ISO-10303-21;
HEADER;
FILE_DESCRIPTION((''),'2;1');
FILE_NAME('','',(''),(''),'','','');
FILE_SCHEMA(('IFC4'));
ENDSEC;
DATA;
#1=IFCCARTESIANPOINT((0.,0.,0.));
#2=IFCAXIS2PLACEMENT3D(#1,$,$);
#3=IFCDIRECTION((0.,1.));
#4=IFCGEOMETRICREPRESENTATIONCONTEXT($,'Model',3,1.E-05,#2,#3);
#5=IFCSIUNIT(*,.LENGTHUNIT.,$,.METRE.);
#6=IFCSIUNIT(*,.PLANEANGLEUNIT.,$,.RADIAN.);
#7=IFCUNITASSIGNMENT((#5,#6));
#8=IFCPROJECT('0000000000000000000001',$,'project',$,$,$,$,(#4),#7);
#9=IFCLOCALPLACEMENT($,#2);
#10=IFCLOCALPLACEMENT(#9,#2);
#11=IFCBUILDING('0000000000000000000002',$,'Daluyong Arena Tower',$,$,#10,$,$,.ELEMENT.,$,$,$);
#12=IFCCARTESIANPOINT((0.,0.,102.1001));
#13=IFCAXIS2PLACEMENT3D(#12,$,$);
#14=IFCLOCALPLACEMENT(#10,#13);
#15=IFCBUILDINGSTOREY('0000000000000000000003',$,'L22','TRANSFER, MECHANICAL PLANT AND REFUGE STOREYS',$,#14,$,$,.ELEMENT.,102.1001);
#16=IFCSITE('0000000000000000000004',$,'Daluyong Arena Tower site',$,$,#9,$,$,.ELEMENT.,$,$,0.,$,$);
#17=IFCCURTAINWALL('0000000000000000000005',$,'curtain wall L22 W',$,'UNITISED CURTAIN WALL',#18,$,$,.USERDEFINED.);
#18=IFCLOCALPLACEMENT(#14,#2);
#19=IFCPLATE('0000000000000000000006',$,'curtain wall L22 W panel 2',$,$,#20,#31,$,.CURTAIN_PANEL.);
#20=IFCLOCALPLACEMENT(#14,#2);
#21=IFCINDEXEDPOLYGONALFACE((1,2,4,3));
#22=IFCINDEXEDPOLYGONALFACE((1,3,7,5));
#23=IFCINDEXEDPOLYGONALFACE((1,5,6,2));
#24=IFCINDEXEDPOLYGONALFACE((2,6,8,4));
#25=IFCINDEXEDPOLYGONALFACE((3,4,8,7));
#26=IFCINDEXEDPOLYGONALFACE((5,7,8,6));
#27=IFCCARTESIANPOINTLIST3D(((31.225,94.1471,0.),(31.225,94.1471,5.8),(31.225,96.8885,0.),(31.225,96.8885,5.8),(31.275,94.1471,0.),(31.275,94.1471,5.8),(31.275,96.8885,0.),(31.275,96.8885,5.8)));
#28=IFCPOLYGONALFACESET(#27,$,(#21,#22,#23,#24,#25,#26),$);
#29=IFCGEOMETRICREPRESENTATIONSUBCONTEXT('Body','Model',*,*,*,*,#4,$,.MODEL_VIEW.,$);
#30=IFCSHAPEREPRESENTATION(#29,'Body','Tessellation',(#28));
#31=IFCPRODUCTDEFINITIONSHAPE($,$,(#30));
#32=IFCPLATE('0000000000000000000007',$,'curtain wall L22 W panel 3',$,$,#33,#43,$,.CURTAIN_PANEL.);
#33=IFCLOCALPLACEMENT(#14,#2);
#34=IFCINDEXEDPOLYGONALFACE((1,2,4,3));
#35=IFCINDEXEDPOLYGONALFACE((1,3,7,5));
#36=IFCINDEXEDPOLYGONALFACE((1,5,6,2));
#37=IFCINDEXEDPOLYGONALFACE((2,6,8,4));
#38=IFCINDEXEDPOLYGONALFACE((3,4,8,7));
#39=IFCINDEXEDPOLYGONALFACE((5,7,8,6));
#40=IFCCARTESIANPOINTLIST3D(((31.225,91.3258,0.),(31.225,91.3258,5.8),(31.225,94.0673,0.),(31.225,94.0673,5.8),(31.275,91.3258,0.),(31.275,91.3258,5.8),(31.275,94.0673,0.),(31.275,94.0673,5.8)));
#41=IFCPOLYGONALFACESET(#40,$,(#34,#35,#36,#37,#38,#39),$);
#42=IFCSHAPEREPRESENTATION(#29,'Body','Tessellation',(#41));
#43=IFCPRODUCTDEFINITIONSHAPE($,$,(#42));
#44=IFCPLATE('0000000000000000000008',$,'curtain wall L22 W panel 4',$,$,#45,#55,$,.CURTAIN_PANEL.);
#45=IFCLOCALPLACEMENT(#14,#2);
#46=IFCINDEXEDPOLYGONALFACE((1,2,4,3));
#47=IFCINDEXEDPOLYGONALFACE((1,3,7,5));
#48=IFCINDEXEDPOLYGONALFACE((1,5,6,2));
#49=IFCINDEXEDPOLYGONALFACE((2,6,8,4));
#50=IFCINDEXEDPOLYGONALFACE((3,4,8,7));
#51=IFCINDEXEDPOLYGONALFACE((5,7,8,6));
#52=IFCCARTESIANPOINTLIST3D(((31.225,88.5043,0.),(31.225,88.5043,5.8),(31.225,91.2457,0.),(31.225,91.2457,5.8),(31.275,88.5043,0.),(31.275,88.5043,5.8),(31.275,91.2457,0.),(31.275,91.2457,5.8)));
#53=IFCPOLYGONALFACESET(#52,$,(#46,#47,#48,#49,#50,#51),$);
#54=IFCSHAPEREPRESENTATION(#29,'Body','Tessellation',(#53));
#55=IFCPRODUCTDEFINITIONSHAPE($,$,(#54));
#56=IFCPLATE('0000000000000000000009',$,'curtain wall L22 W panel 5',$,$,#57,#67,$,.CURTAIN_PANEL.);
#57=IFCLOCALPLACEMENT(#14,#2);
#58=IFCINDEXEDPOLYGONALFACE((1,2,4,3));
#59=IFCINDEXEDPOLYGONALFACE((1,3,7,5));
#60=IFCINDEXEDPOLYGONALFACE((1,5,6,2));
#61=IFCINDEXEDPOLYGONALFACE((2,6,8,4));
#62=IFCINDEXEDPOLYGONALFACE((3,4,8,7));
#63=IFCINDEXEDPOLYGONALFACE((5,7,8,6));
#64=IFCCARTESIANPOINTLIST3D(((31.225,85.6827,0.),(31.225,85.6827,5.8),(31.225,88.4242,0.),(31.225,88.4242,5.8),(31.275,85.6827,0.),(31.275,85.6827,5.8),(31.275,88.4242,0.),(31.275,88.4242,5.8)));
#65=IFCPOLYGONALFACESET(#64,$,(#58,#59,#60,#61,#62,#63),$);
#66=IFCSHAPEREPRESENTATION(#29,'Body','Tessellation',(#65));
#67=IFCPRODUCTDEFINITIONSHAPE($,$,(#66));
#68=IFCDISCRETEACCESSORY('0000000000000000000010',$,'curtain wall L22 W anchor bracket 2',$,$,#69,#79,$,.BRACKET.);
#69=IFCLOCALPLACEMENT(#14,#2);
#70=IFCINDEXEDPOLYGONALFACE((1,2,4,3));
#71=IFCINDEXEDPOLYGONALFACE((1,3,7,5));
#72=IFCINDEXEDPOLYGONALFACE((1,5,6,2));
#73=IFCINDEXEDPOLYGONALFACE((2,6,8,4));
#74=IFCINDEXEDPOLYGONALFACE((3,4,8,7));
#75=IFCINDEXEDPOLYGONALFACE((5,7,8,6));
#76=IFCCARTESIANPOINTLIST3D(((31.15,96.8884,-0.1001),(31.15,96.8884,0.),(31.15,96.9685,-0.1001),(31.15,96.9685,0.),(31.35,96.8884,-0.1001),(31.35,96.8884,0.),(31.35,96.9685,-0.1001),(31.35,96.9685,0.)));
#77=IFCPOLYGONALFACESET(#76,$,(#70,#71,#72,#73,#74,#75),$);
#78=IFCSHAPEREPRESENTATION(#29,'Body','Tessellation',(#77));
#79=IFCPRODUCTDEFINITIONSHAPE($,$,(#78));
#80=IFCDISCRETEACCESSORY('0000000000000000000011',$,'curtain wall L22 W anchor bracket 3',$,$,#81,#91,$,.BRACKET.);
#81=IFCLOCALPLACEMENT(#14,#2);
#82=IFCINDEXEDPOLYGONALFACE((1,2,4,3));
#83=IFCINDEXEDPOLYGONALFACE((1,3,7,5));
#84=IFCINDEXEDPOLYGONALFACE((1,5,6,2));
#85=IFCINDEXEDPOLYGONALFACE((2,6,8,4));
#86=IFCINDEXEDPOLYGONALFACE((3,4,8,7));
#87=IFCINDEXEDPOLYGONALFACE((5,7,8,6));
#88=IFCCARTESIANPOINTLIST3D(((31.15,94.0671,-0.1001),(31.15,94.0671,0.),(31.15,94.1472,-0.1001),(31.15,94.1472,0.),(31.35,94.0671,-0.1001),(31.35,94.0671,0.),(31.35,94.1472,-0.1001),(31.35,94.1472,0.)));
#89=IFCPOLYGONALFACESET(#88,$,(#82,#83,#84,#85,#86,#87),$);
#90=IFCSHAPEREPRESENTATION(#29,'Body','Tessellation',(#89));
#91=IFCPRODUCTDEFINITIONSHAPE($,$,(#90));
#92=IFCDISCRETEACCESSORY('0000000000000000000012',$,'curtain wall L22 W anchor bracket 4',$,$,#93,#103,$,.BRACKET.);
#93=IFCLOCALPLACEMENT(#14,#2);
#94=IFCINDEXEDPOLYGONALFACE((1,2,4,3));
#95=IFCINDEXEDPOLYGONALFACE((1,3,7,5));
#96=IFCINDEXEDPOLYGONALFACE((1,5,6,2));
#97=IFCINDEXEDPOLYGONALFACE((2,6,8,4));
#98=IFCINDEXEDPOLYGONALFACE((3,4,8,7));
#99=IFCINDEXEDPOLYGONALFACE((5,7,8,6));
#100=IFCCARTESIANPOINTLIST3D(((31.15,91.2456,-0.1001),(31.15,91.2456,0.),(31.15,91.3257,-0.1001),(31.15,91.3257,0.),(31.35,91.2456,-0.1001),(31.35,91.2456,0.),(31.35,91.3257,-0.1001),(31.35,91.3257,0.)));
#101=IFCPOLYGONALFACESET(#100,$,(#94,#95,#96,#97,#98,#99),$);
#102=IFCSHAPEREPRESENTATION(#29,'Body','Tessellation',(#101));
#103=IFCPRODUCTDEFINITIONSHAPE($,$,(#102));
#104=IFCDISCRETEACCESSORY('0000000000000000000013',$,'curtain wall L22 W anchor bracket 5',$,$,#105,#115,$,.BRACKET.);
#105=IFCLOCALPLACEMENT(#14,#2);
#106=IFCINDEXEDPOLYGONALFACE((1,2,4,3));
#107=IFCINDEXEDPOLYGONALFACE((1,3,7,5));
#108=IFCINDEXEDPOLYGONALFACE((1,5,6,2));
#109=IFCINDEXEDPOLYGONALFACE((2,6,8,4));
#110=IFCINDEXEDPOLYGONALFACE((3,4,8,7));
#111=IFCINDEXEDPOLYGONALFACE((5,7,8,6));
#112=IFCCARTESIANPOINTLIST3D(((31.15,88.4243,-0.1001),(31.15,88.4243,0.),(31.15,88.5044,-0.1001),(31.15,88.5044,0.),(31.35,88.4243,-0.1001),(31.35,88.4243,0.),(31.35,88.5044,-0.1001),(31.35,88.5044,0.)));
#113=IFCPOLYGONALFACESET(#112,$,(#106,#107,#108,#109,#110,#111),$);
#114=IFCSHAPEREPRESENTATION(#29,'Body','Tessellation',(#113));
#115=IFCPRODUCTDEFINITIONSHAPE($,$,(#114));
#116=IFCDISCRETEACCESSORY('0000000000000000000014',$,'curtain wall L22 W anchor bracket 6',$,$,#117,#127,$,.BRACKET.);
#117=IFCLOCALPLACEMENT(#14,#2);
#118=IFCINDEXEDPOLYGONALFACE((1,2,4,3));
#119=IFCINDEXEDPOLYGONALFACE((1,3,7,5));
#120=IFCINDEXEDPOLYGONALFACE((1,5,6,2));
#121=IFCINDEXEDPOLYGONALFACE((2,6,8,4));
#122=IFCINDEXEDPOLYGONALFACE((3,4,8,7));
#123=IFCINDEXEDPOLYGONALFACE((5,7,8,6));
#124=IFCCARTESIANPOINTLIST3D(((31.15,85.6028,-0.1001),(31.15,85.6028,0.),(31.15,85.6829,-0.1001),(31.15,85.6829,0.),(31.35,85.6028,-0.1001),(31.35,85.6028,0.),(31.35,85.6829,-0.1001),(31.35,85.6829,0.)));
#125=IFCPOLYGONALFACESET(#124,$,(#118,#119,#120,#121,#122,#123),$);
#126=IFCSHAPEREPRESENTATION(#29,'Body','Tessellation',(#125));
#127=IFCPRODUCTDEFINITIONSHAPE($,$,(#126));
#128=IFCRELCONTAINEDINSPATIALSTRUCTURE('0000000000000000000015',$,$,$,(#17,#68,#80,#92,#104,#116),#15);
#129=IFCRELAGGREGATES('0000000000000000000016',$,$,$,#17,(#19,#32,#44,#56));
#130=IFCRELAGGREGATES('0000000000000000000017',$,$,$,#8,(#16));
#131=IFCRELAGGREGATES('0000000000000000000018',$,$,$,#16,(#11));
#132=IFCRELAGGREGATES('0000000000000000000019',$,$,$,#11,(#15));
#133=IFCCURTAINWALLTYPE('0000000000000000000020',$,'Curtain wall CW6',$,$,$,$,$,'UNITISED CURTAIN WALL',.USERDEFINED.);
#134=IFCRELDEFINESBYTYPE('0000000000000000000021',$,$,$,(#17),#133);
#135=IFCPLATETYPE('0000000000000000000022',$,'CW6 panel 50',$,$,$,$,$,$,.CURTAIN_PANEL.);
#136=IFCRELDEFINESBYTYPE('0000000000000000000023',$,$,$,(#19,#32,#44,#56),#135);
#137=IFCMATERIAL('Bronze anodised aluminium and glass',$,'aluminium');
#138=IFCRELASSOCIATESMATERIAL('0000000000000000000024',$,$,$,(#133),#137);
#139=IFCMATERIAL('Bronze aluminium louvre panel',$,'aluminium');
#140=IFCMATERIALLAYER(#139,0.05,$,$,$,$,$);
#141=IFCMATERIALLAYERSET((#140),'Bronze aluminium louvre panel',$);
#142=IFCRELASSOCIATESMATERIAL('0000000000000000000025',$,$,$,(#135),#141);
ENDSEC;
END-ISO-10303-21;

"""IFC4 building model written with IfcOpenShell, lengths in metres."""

from ifc_helpers import new_model, si_unit, direction, frame, origin, origin_2d, place, context, subcontext, project, spatial, rectangle, extrude, material, layer, layer_set, type_object, element, aggregate, save


model = new_model("IFC4")

# Units and contexts
model_context = context("Model", 3, precision=1e-05, world=origin(), true_north=direction((0.0, 1.0)))
body_context = subcontext(model_context, "Body", "Model", "MODEL_VIEW")
ifc_project = project(units=[si_unit("LENGTHUNIT", "METRE"), si_unit("PLANEANGLEUNIT", "RADIAN")], contexts=[model_context])

# Site, building, storey
site_placement = place(None, origin())
site = spatial("IfcSite", under=ifc_project, at=site_placement, Name="Daluyong Arena Tower site", CompositionType="ELEMENT", RefElevation=0.0)
building_placement = place(site_placement, origin())
building = spatial("IfcBuilding", under=site, at=building_placement, Name="Daluyong Arena Tower", CompositionType="ELEMENT")
storey_placement = place(building_placement, frame((0.0, 0.0, 102.1001)))
storey = spatial("IfcBuildingStorey", under=building, at=storey_placement, Name="L22", Description="TRANSFER, MECHANICAL PLANT AND REFUGE STOREYS", CompositionType="ELEMENT", Elevation=102.1001)

# Curtain wall
ifc_material_1 = material(Name="Bronze anodised aluminium and glass", Category="aluminium")
curtain_wall_type = type_object("IfcCurtainWallType", Name="Curtain wall CW6", ElementType="UNITISED CURTAIN WALL", PredefinedType="USERDEFINED", material=ifc_material_1)
curtain_wall_placement = place(storey_placement, origin())
curtain_wall = element("IfcCurtainWall", 1, at=curtain_wall_placement, inside=storey, type_object=curtain_wall_type, Name="curtain wall L22 W", ObjectType="UNITISED CURTAIN WALL", PredefinedType="USERDEFINED")

# Plates
ifc_material_2 = material(Name="Bronze aluminium louvre panel", Category="aluminium")
ifc_layer = layer(ifc_material_2, 0.05)
ifc_layer_set = layer_set([ifc_layer], Name="Bronze aluminium louvre panel")
plate_type = type_object("IfcPlateType", Name="CW6 panel 50", PredefinedType="CURTAIN_PANEL", material=ifc_layer_set)
plate_1_placement = place(storey_placement, frame((31.25, 95.5178, 0.0), z_axis=(0.0, 0.0, 1.0), x_axis=(0.0, -1.0, 0.0)))
plate_1 = element("IfcPlate", 2, at=plate_1_placement, type_object=plate_type, Name="curtain wall L22 W panel 2", PredefinedType="CURTAIN_PANEL", context=body_context, shape_type="SweptSolid", body=[
    extrude(rectangle(XDim=2.7415, YDim=0.05, at=origin_2d()), origin(), (0.0, 0.0, 1.0), 5.8),
])
plate_2_placement = place(storey_placement, frame((31.25, 92.6965, 0.0), z_axis=(0.0, 0.0, 1.0), x_axis=(0.0, -1.0, 0.0)))
plate_2 = element("IfcPlate", 3, at=plate_2_placement, type_object=plate_type, Name="curtain wall L22 W panel 3", PredefinedType="CURTAIN_PANEL", context=body_context, shape_type="SweptSolid", body=[
    extrude(rectangle(XDim=2.7415, YDim=0.05, at=origin_2d()), origin(), (0.0, 0.0, 1.0), 5.8),
])
plate_3_placement = place(storey_placement, frame((31.25, 89.875, 0.0), z_axis=(0.0, 0.0, 1.0), x_axis=(0.0, -1.0, 0.0)))
plate_3 = element("IfcPlate", 4, at=plate_3_placement, type_object=plate_type, Name="curtain wall L22 W panel 4", PredefinedType="CURTAIN_PANEL", context=body_context, shape_type="SweptSolid", body=[
    extrude(rectangle(XDim=2.7415, YDim=0.05, at=origin_2d()), origin(), (0.0, 0.0, 1.0), 5.8),
])
plate_4_placement = place(storey_placement, frame((31.25, 87.0535, 0.0), z_axis=(0.0, 0.0, 1.0), x_axis=(0.0, -1.0, 0.0)))
plate_4 = element("IfcPlate", 5, at=plate_4_placement, type_object=plate_type, Name="curtain wall L22 W panel 5", PredefinedType="CURTAIN_PANEL", context=body_context, shape_type="SweptSolid", body=[
    extrude(rectangle(XDim=2.7415, YDim=0.05, at=origin_2d()), origin(), (0.0, 0.0, 1.0), 5.8),
])
aggregate(curtain_wall, [plate_1, plate_2, plate_3, plate_4])

# Discrete accessories
for number, where, z_axis, x_axis, name in (
    (6, (31.25, 96.9285, -0.1001), (0.0, 0.0, 1.0), (0.0, -1.0, 0.0), "curtain wall L22 W anchor bracket 2"),
    (7, (31.25, 94.1072, -0.1001), (0.0, 0.0, 1.0), (0.0, -1.0, 0.0), "curtain wall L22 W anchor bracket 3"),
    (8, (31.25, 91.2856, -0.1001), (0.0, 0.0, 1.0), (0.0, -1.0, 0.0), "curtain wall L22 W anchor bracket 4"),
    (9, (31.25, 88.4644, -0.1001), (0.0, 0.0, 1.0), (0.0, -1.0, 0.0), "curtain wall L22 W anchor bracket 5"),
    (10, (31.25, 85.6428, -0.1001), (0.0, 0.0, 1.0), (0.0, -1.0, 0.0), "curtain wall L22 W anchor bracket 6"),
):
    element("IfcDiscreteAccessory", number, at=place(storey_placement, frame(where, z_axis=z_axis, x_axis=x_axis)), inside=storey, Name=name, PredefinedType="BRACKET", context=body_context, shape_type="SweptSolid", body=[
        extrude(rectangle(XDim=0.0801, YDim=0.2, at=origin_2d()), origin(), (0.0, 0.0, 1.0), 0.1001),
    ])

save(model, "model.ifc")
